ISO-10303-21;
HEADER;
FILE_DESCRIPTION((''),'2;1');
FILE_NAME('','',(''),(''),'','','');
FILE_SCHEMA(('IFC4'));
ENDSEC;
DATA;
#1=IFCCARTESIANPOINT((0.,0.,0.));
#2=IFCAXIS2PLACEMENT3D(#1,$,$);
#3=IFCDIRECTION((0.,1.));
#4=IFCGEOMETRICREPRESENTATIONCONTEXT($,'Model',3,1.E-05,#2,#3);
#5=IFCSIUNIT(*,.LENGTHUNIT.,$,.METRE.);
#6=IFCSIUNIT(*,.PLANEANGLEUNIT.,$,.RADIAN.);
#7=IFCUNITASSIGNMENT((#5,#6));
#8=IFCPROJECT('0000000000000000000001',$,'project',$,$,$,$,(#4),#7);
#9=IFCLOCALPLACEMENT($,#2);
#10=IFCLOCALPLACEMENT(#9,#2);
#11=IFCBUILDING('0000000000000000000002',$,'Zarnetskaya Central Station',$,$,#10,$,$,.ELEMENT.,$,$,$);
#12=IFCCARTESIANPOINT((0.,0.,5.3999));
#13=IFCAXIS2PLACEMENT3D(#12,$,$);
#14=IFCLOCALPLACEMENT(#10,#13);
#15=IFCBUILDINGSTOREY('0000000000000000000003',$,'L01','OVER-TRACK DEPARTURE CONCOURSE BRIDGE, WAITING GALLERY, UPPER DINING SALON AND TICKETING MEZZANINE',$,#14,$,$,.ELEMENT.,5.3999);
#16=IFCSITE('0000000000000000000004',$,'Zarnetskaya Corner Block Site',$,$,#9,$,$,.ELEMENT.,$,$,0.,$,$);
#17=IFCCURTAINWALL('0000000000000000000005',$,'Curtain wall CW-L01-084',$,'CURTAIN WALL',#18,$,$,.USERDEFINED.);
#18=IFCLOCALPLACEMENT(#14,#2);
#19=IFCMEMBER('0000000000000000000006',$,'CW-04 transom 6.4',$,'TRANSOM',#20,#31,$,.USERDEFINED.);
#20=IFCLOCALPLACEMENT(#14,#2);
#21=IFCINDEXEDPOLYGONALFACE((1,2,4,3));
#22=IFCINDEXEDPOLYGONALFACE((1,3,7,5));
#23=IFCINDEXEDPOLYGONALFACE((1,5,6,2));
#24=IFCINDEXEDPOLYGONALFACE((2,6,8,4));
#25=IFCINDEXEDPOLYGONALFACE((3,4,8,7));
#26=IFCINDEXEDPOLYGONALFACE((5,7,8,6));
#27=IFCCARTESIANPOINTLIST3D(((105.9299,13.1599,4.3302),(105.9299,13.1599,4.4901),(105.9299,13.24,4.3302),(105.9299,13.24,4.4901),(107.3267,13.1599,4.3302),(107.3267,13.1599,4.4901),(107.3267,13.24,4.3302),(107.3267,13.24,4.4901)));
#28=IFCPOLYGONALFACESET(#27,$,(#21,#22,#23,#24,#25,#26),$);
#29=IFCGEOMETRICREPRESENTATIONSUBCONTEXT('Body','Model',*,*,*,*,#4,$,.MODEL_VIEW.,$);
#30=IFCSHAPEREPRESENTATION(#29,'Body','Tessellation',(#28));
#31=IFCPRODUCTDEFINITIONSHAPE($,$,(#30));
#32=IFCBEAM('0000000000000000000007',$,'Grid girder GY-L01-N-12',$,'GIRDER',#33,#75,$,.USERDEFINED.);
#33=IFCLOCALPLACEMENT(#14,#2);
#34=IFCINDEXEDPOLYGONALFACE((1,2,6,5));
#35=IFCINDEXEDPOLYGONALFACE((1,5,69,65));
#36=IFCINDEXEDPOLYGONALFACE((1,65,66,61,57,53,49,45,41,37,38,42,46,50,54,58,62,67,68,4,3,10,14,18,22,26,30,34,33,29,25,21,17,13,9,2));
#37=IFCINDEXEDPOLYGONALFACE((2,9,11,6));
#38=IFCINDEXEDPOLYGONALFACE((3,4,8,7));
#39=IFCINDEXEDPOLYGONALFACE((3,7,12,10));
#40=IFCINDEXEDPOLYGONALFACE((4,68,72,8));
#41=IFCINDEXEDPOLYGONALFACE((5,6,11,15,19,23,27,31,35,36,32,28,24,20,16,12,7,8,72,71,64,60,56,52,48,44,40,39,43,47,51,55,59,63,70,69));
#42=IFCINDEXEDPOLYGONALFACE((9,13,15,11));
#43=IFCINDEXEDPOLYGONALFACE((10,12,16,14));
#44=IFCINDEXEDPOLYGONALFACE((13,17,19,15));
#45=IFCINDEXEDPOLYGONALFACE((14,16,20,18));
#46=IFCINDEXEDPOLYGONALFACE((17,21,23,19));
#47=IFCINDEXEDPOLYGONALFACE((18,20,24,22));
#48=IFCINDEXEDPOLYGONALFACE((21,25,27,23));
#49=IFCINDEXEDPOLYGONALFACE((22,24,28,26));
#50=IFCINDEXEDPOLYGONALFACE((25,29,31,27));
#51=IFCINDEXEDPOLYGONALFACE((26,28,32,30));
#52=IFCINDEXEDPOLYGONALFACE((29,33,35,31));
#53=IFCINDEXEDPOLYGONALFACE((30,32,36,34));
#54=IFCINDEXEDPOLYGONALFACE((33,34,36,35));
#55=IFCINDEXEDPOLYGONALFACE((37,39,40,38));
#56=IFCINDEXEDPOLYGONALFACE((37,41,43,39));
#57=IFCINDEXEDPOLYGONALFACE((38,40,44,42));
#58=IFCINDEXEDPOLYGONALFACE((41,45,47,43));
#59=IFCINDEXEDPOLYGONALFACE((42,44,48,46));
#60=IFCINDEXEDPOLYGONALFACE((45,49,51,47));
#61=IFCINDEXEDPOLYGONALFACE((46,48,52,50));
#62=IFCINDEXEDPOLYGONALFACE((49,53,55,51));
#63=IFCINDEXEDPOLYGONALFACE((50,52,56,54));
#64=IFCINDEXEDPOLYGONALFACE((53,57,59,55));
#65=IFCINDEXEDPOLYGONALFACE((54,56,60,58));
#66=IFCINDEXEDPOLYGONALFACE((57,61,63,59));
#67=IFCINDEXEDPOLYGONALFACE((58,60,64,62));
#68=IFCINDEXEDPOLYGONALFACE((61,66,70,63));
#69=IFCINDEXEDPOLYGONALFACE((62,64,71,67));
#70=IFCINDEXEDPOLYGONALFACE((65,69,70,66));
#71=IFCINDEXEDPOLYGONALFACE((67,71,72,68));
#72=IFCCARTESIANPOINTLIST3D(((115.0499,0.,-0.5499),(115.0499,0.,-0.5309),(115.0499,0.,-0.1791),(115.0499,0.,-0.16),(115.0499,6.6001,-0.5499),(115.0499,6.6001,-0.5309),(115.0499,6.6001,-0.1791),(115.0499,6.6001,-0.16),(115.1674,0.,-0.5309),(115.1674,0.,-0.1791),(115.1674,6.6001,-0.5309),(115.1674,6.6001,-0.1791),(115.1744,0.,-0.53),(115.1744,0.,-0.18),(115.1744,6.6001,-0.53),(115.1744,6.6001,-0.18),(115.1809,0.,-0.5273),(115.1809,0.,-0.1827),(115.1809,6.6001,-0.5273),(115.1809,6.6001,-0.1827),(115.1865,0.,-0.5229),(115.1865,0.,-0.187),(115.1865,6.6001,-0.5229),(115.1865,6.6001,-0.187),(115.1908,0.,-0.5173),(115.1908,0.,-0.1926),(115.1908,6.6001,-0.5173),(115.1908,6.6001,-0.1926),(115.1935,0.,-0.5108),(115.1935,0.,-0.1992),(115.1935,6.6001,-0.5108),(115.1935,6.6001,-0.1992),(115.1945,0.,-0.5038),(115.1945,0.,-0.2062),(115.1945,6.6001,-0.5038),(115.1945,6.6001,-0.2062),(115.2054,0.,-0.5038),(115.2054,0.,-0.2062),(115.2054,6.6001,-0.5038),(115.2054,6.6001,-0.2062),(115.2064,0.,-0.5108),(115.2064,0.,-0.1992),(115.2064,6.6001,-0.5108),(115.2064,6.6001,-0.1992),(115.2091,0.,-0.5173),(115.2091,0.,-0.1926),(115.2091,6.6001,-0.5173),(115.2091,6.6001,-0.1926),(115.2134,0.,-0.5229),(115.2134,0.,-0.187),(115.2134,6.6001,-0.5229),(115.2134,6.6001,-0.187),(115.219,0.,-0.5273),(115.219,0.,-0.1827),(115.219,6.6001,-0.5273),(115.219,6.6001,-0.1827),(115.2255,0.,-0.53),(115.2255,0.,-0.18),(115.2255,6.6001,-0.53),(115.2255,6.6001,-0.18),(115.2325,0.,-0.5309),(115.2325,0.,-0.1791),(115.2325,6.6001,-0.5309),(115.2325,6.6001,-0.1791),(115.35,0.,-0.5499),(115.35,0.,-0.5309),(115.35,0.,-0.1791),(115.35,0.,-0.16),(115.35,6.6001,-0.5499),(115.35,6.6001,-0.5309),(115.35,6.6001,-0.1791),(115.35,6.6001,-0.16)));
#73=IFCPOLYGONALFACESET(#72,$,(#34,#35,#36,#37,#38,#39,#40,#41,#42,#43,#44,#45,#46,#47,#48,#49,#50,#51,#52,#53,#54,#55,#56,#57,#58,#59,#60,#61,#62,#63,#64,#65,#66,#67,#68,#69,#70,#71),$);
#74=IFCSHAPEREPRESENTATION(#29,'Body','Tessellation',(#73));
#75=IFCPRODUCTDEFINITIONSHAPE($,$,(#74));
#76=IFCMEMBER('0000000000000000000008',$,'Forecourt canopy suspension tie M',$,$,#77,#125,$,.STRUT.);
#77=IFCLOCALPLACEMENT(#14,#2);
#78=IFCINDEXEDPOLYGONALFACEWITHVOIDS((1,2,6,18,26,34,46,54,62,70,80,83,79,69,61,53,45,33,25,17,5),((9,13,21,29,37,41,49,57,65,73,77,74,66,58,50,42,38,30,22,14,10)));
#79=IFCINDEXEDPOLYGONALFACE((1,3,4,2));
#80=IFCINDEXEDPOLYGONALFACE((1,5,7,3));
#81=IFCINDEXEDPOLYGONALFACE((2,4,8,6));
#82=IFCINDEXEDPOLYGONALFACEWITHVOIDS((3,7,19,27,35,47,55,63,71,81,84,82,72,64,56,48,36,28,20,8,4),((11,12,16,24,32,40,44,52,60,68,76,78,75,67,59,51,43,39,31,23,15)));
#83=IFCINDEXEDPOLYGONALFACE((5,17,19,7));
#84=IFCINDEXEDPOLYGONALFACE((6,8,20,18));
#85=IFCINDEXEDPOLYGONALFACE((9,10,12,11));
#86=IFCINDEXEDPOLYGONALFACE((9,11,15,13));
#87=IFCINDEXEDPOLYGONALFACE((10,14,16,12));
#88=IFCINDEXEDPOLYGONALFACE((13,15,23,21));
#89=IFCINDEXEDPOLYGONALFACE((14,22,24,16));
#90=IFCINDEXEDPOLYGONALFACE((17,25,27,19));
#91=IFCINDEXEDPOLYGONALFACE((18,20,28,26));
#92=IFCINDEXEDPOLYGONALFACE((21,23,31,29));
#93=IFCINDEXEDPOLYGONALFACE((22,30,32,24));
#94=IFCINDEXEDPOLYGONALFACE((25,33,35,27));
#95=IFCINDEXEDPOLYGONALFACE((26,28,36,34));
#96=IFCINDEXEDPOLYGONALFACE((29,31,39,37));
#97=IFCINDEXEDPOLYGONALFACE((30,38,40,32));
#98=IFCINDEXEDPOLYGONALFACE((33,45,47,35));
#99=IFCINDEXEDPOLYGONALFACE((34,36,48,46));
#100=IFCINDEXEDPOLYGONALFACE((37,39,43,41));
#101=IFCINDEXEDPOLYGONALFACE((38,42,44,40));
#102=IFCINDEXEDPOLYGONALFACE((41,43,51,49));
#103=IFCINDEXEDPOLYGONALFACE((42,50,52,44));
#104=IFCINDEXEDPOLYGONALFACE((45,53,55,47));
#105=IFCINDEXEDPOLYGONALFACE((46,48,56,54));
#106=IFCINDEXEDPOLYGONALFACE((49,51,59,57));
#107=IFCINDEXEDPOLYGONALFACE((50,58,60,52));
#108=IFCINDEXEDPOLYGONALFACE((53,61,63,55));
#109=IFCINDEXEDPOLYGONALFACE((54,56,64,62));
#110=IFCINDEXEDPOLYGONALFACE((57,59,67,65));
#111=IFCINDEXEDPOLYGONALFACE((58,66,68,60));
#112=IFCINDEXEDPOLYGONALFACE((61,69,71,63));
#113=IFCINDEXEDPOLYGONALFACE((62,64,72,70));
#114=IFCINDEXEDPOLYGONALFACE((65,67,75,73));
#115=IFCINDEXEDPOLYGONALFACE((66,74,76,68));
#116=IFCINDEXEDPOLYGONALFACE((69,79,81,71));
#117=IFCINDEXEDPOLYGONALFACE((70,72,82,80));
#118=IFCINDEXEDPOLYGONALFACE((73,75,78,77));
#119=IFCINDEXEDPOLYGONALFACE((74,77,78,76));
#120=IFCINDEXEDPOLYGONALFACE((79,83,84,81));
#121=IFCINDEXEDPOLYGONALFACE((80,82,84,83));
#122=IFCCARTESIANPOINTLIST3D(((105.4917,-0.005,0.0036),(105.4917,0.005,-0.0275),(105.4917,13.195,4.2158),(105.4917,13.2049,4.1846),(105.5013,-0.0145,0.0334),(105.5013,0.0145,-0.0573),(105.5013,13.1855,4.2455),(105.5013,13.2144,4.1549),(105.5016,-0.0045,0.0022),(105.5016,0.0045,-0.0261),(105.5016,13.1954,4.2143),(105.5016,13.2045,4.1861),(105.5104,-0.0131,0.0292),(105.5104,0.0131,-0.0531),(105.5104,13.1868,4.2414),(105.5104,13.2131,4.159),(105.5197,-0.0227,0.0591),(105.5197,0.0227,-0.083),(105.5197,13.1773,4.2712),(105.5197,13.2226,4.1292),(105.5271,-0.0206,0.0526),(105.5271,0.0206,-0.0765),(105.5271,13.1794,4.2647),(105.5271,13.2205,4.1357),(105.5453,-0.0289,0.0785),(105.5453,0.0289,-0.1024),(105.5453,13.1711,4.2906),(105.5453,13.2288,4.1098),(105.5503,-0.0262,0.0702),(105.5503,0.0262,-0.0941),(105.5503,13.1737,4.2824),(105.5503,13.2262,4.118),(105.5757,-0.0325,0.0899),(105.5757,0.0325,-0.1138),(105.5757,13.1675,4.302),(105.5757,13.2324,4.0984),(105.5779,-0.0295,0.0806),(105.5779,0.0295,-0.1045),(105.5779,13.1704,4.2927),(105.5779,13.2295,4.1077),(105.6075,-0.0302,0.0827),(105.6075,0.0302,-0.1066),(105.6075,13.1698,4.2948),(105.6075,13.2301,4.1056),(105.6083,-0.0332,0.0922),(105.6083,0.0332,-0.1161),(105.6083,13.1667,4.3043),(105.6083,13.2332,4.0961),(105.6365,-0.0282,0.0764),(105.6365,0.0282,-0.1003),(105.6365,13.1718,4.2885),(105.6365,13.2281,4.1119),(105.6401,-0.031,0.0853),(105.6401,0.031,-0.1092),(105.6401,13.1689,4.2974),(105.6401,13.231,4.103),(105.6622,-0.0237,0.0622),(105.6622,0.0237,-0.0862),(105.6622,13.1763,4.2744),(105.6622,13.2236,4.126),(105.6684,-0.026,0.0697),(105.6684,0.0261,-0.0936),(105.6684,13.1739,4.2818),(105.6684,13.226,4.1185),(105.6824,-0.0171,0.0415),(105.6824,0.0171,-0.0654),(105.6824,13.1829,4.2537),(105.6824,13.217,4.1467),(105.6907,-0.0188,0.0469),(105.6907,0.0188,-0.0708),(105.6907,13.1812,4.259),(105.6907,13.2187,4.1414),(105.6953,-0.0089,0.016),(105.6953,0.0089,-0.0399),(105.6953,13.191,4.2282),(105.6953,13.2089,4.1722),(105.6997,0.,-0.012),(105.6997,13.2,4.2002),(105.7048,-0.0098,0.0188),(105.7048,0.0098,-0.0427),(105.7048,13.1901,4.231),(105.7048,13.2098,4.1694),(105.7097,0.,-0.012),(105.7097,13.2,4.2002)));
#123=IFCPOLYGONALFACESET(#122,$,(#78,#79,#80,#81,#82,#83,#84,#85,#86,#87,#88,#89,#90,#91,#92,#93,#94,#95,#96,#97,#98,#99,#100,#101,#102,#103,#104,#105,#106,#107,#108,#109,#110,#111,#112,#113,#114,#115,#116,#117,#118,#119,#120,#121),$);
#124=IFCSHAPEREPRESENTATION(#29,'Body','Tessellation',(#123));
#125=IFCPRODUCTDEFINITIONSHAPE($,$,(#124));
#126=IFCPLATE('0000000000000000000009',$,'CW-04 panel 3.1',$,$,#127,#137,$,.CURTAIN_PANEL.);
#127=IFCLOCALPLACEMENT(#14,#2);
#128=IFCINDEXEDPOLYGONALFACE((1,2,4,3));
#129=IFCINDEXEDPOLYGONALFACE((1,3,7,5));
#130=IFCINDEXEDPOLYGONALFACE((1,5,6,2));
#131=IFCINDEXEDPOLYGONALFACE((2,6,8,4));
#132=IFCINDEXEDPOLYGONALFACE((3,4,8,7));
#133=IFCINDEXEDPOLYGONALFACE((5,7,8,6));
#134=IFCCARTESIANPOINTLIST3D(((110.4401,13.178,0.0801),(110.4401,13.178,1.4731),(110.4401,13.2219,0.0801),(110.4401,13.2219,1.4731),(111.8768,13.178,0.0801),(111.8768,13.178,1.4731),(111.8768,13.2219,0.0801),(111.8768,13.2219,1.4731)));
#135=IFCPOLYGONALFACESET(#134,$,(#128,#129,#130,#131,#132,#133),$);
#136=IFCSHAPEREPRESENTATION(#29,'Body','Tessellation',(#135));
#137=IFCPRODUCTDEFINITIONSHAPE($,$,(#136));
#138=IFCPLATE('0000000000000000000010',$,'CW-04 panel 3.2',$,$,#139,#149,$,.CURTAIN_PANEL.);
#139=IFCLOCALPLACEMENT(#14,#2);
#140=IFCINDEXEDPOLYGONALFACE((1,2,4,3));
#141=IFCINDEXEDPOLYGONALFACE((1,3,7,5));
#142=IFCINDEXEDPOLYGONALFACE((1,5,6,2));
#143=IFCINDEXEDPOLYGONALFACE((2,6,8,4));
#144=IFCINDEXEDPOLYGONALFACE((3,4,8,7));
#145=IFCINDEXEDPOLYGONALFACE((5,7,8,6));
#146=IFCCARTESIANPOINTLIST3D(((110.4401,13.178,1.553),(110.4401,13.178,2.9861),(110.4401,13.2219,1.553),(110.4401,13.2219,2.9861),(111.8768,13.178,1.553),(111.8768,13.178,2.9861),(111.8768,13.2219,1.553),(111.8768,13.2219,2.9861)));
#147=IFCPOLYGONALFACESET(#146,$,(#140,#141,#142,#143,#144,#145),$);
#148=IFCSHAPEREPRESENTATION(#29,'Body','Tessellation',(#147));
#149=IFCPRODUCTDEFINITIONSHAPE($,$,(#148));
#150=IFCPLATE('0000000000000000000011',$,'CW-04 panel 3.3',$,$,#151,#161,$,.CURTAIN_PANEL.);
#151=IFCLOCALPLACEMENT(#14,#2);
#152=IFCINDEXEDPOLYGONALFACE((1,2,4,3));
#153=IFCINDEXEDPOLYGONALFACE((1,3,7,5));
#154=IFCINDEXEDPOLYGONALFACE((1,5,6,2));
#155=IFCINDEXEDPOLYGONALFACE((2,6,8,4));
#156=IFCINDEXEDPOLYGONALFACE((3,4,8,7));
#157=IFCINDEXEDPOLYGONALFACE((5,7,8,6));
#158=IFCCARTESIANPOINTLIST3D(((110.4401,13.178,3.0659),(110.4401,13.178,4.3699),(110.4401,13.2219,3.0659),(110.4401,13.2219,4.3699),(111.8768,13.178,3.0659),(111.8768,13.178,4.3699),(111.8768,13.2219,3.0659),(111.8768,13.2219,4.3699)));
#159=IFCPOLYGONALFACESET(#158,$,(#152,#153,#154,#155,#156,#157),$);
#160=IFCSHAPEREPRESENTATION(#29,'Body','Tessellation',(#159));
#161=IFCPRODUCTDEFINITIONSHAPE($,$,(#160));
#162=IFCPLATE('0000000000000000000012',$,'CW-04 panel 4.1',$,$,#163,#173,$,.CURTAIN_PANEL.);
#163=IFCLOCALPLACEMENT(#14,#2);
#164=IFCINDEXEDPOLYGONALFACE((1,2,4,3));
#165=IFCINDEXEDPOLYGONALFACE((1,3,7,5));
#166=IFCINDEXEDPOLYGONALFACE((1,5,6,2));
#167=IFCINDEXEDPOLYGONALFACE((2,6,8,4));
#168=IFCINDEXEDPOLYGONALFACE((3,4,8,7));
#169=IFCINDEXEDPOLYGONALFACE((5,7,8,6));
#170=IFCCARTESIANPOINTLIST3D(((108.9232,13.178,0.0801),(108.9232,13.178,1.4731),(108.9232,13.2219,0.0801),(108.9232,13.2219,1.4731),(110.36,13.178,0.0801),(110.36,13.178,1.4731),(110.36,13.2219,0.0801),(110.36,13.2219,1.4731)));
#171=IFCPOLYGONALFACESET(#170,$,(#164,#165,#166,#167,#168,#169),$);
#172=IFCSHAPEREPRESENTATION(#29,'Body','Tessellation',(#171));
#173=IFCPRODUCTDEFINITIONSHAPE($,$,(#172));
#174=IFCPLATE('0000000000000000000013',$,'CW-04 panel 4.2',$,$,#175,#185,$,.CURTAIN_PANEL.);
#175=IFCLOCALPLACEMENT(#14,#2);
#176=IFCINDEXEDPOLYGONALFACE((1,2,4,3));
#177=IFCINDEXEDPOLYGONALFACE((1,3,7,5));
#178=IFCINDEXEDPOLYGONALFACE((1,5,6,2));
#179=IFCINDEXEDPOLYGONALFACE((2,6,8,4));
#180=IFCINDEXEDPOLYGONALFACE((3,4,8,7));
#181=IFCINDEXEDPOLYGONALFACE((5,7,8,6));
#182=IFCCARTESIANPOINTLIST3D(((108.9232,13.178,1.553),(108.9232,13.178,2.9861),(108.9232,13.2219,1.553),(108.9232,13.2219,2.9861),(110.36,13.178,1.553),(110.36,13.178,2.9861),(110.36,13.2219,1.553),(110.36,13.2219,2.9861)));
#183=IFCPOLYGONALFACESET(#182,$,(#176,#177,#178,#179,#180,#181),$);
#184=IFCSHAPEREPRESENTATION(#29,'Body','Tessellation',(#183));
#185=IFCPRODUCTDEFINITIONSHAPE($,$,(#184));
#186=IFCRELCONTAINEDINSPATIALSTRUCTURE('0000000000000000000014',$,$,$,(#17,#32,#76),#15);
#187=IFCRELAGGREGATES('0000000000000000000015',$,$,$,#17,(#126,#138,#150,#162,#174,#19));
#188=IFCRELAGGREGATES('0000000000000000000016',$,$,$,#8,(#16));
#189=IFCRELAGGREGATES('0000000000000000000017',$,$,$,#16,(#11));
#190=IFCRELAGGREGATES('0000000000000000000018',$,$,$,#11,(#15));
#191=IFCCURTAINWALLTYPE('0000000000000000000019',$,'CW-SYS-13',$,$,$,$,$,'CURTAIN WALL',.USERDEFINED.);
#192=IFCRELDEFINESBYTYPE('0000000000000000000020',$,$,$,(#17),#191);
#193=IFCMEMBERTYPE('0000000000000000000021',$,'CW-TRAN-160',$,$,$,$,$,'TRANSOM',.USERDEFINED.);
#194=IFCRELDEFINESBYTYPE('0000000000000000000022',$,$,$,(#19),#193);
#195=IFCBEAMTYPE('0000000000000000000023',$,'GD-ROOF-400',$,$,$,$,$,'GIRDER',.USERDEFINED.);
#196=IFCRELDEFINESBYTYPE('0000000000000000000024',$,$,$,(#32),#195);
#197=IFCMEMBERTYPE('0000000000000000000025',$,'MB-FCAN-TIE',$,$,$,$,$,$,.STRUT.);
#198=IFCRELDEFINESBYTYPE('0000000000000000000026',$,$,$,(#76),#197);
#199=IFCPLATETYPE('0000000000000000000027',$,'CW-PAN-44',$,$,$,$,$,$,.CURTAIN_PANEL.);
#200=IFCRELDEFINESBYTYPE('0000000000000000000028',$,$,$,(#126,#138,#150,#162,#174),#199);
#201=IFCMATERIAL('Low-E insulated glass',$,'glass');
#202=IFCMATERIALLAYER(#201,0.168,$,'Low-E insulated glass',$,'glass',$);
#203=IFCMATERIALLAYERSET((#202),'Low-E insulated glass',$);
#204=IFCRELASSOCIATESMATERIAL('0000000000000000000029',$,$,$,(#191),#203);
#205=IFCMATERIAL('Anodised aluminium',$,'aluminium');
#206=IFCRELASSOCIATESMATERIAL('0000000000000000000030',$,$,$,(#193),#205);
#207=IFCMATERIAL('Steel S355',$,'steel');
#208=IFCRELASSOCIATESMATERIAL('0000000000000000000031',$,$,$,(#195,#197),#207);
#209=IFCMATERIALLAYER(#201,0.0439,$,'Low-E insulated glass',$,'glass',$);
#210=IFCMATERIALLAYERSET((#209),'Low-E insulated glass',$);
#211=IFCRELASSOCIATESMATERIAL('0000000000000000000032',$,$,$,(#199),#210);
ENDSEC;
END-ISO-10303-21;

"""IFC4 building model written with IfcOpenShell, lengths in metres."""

from ifc_helpers import new_model, si_unit, direction, frame, origin, origin_2d, place, context, subcontext, project, spatial, rectangle, hollow_circle, i_section, extrude, material, layer, layer_set, material_profile, profile_set, type_object, element, aggregate, save


model = new_model("IFC4")

# Units and contexts
model_context = context("Model", 3, precision=1e-05, world=origin(), true_north=direction((0.0, 1.0)))
body_context = subcontext(model_context, "Body", "Model", "MODEL_VIEW")
ifc_project = project(units=[si_unit("LENGTHUNIT", "METRE"), si_unit("PLANEANGLEUNIT", "RADIAN")], contexts=[model_context])

# Site, building, storey
site_placement = place(None, origin())
site = spatial("IfcSite", under=ifc_project, at=site_placement, Name="Zarnetskaya Corner Block Site", CompositionType="ELEMENT", RefElevation=0.0)
building_placement = place(site_placement, origin())
building = spatial("IfcBuilding", under=site, at=building_placement, Name="Zarnetskaya Central Station", CompositionType="ELEMENT")
storey_placement = place(building_placement, frame((0.0, 0.0, 5.3999)))
storey = spatial("IfcBuildingStorey", under=building, at=storey_placement, Name="L01", Description="OVER-TRACK DEPARTURE CONCOURSE BRIDGE, WAITING GALLERY, UPPER DINING SALON AND TICKETING MEZZANINE", CompositionType="ELEMENT", Elevation=5.3999)

# Shared definitions
ifc_material_1 = material(Name="Steel S355", Category="steel")

# Curtain wall, member
ifc_material_2 = material(Name="Low-E insulated glass", Category="glass")
ifc_layer_1 = layer(ifc_material_2, 0.168, Name="Low-E insulated glass", Category="glass")
ifc_layer_set_1 = layer_set([ifc_layer_1], Name="Low-E insulated glass")
curtain_wall_type = type_object("IfcCurtainWallType", Name="CW-SYS-13", ElementType="CURTAIN WALL", PredefinedType="USERDEFINED", material=ifc_layer_set_1)
curtain_wall_placement = place(storey_placement, origin())
curtain_wall = element("IfcCurtainWall", 1, at=curtain_wall_placement, inside=storey, type_object=curtain_wall_type, Name="Curtain wall CW-L01-084", ObjectType="CURTAIN WALL", PredefinedType="USERDEFINED")
ifc_material_3 = material(Name="Anodised aluminium", Category="aluminium")
ifc_material_profile_1 = material_profile(ifc_material_3, rectangle(XDim=0.0801, YDim=0.1599, at=origin_2d()), Name="ALU TRAN 80x160")
ifc_profile_set_1 = profile_set([ifc_material_profile_1], Name="Anodised aluminium")
member_type_1 = type_object("IfcMemberType", Name="CW-TRAN-160", ElementType="TRANSOM", PredefinedType="USERDEFINED", material=ifc_profile_set_1)
member_1_placement = place(storey_placement, frame((107.3267, 13.2, 4.4102), z_axis=(-1.0, 0.0, 0.0), x_axis=(0.0, -1.0, 0.0)))
member_1 = element("IfcMember", 2, at=member_1_placement, type_object=member_type_1, Name="CW-04 transom 6.4", ObjectType="TRANSOM", PredefinedType="USERDEFINED", context=body_context, shape_type="SweptSolid", body=[
    extrude(rectangle(XDim=0.0801, YDim=0.1599, at=origin_2d()), origin(), (0.0, 0.0, 1.0), 1.3967),
])

# Beam
ifc_material_profile_2 = material_profile(ifc_material_1, i_section(OverallWidth=0.3, OverallDepth=0.3899, WebThickness=0.011, FlangeThickness=0.019, FilletRadius=0.0271, at=origin_2d()), Name="HEA 400")
ifc_profile_set_2 = profile_set([ifc_material_profile_2], Name="Steel S355")
beam_type_1 = type_object("IfcBeamType", Name="GD-ROOF-400", ElementType="GIRDER", PredefinedType="USERDEFINED", material=ifc_profile_set_2)
beam_placement = place(storey_placement, frame((115.2, 0.0, -0.355), z_axis=(0.0, 1.0, 0.0), x_axis=(-1.0, 0.0, 0.0)))
element("IfcBeam", 3, at=beam_placement, inside=storey, type_object=beam_type_1, Name="Grid girder GY-L01-N-12", ObjectType="GIRDER", PredefinedType="USERDEFINED", context=body_context, shape_type="SweptSolid", body=[
    extrude(i_section(OverallWidth=0.3, OverallDepth=0.3899, WebThickness=0.011, FlangeThickness=0.019, FilletRadius=0.0271, at=origin_2d()), origin(), (0.0, 0.0, 1.0), 6.6001),
])

# Member
ifc_material_profile_3 = material_profile(ifc_material_1, hollow_circle(Radius=0.1096, WallThickness=0.01, at=origin_2d()), Name="CHS 219.1x10")
ifc_profile_set_3 = profile_set([ifc_material_profile_3], Name="Steel S355")
member_type_2 = type_object("IfcMemberType", Name="MB-FCAN-TIE", PredefinedType="STRUT", material=ifc_profile_set_3)
member_2_placement = place(storey_placement, frame((105.6001, 13.2, 4.2002), z_axis=(0.0, -0.952672, -0.304001), x_axis=(1.0, 0.0, 0.0)))
element("IfcMember", 4, at=member_2_placement, inside=storey, type_object=member_type_2, Name="Forecourt canopy suspension tie M", PredefinedType="STRUT", context=body_context, shape_type="SweptSolid", body=[
    extrude(hollow_circle(Radius=0.1096, WallThickness=0.01, at=origin_2d()), origin(), (0.0, 0.0, 1.0), 13.8557),
])

# Plates
ifc_layer_2 = layer(ifc_material_2, 0.0439, Name="Low-E insulated glass", Category="glass")
ifc_layer_set_2 = layer_set([ifc_layer_2], Name="Low-E insulated glass")
plate_type_1 = type_object("IfcPlateType", Name="CW-PAN-44", PredefinedType="CURTAIN_PANEL", material=ifc_layer_set_2)
plate_1_placement = place(storey_placement, frame((111.1584, 13.2, 0.0801), z_axis=(0.0, 0.0, 1.0), x_axis=(-1.0, 0.0, 0.0)))
plate_1 = element("IfcPlate", 5, at=plate_1_placement, type_object=plate_type_1, Name="CW-04 panel 3.1", PredefinedType="CURTAIN_PANEL", context=body_context, shape_type="SweptSolid", body=[
    extrude(rectangle(XDim=1.4368, YDim=0.0439, at=origin_2d()), origin(), (0.0, 0.0, 1.0), 1.3931),
])
plate_2_placement = place(storey_placement, frame((111.1584, 13.2, 1.553), z_axis=(0.0, 0.0, 1.0), x_axis=(-1.0, 0.0, 0.0)))
plate_2 = element("IfcPlate", 6, at=plate_2_placement, type_object=plate_type_1, Name="CW-04 panel 3.2", PredefinedType="CURTAIN_PANEL", context=body_context, shape_type="SweptSolid", body=[
    extrude(rectangle(XDim=1.4368, YDim=0.0439, at=origin_2d()), origin(), (0.0, 0.0, 1.0), 1.4331),
])
plate_3_placement = place(storey_placement, frame((111.1584, 13.2, 3.0659), z_axis=(0.0, 0.0, 1.0), x_axis=(-1.0, 0.0, 0.0)))
plate_3 = element("IfcPlate", 7, at=plate_3_placement, type_object=plate_type_1, Name="CW-04 panel 3.3", PredefinedType="CURTAIN_PANEL", context=body_context, shape_type="SweptSolid", body=[
    extrude(rectangle(XDim=1.4368, YDim=0.0439, at=origin_2d()), origin(), (0.0, 0.0, 1.0), 1.304),
])
plate_4_placement = place(storey_placement, frame((109.6416, 13.2, 0.0801), z_axis=(0.0, 0.0, 1.0), x_axis=(-1.0, 0.0, 0.0)))
plate_4 = element("IfcPlate", 8, at=plate_4_placement, type_object=plate_type_1, Name="CW-04 panel 4.1", PredefinedType="CURTAIN_PANEL", context=body_context, shape_type="SweptSolid", body=[
    extrude(rectangle(XDim=1.4368, YDim=0.0439, at=origin_2d()), origin(), (0.0, 0.0, 1.0), 1.3931),
])
plate_5_placement = place(storey_placement, frame((109.6416, 13.2, 1.553), z_axis=(0.0, 0.0, 1.0), x_axis=(-1.0, 0.0, 0.0)))
plate_5 = element("IfcPlate", 9, at=plate_5_placement, type_object=plate_type_1, Name="CW-04 panel 4.2", PredefinedType="CURTAIN_PANEL", context=body_context, shape_type="SweptSolid", body=[
    extrude(rectangle(XDim=1.4368, YDim=0.0439, at=origin_2d()), origin(), (0.0, 0.0, 1.0), 1.4331),
])
aggregate(curtain_wall, [plate_1, plate_2, plate_3, plate_4, plate_5, member_1])

save(model, "model.ifc")
